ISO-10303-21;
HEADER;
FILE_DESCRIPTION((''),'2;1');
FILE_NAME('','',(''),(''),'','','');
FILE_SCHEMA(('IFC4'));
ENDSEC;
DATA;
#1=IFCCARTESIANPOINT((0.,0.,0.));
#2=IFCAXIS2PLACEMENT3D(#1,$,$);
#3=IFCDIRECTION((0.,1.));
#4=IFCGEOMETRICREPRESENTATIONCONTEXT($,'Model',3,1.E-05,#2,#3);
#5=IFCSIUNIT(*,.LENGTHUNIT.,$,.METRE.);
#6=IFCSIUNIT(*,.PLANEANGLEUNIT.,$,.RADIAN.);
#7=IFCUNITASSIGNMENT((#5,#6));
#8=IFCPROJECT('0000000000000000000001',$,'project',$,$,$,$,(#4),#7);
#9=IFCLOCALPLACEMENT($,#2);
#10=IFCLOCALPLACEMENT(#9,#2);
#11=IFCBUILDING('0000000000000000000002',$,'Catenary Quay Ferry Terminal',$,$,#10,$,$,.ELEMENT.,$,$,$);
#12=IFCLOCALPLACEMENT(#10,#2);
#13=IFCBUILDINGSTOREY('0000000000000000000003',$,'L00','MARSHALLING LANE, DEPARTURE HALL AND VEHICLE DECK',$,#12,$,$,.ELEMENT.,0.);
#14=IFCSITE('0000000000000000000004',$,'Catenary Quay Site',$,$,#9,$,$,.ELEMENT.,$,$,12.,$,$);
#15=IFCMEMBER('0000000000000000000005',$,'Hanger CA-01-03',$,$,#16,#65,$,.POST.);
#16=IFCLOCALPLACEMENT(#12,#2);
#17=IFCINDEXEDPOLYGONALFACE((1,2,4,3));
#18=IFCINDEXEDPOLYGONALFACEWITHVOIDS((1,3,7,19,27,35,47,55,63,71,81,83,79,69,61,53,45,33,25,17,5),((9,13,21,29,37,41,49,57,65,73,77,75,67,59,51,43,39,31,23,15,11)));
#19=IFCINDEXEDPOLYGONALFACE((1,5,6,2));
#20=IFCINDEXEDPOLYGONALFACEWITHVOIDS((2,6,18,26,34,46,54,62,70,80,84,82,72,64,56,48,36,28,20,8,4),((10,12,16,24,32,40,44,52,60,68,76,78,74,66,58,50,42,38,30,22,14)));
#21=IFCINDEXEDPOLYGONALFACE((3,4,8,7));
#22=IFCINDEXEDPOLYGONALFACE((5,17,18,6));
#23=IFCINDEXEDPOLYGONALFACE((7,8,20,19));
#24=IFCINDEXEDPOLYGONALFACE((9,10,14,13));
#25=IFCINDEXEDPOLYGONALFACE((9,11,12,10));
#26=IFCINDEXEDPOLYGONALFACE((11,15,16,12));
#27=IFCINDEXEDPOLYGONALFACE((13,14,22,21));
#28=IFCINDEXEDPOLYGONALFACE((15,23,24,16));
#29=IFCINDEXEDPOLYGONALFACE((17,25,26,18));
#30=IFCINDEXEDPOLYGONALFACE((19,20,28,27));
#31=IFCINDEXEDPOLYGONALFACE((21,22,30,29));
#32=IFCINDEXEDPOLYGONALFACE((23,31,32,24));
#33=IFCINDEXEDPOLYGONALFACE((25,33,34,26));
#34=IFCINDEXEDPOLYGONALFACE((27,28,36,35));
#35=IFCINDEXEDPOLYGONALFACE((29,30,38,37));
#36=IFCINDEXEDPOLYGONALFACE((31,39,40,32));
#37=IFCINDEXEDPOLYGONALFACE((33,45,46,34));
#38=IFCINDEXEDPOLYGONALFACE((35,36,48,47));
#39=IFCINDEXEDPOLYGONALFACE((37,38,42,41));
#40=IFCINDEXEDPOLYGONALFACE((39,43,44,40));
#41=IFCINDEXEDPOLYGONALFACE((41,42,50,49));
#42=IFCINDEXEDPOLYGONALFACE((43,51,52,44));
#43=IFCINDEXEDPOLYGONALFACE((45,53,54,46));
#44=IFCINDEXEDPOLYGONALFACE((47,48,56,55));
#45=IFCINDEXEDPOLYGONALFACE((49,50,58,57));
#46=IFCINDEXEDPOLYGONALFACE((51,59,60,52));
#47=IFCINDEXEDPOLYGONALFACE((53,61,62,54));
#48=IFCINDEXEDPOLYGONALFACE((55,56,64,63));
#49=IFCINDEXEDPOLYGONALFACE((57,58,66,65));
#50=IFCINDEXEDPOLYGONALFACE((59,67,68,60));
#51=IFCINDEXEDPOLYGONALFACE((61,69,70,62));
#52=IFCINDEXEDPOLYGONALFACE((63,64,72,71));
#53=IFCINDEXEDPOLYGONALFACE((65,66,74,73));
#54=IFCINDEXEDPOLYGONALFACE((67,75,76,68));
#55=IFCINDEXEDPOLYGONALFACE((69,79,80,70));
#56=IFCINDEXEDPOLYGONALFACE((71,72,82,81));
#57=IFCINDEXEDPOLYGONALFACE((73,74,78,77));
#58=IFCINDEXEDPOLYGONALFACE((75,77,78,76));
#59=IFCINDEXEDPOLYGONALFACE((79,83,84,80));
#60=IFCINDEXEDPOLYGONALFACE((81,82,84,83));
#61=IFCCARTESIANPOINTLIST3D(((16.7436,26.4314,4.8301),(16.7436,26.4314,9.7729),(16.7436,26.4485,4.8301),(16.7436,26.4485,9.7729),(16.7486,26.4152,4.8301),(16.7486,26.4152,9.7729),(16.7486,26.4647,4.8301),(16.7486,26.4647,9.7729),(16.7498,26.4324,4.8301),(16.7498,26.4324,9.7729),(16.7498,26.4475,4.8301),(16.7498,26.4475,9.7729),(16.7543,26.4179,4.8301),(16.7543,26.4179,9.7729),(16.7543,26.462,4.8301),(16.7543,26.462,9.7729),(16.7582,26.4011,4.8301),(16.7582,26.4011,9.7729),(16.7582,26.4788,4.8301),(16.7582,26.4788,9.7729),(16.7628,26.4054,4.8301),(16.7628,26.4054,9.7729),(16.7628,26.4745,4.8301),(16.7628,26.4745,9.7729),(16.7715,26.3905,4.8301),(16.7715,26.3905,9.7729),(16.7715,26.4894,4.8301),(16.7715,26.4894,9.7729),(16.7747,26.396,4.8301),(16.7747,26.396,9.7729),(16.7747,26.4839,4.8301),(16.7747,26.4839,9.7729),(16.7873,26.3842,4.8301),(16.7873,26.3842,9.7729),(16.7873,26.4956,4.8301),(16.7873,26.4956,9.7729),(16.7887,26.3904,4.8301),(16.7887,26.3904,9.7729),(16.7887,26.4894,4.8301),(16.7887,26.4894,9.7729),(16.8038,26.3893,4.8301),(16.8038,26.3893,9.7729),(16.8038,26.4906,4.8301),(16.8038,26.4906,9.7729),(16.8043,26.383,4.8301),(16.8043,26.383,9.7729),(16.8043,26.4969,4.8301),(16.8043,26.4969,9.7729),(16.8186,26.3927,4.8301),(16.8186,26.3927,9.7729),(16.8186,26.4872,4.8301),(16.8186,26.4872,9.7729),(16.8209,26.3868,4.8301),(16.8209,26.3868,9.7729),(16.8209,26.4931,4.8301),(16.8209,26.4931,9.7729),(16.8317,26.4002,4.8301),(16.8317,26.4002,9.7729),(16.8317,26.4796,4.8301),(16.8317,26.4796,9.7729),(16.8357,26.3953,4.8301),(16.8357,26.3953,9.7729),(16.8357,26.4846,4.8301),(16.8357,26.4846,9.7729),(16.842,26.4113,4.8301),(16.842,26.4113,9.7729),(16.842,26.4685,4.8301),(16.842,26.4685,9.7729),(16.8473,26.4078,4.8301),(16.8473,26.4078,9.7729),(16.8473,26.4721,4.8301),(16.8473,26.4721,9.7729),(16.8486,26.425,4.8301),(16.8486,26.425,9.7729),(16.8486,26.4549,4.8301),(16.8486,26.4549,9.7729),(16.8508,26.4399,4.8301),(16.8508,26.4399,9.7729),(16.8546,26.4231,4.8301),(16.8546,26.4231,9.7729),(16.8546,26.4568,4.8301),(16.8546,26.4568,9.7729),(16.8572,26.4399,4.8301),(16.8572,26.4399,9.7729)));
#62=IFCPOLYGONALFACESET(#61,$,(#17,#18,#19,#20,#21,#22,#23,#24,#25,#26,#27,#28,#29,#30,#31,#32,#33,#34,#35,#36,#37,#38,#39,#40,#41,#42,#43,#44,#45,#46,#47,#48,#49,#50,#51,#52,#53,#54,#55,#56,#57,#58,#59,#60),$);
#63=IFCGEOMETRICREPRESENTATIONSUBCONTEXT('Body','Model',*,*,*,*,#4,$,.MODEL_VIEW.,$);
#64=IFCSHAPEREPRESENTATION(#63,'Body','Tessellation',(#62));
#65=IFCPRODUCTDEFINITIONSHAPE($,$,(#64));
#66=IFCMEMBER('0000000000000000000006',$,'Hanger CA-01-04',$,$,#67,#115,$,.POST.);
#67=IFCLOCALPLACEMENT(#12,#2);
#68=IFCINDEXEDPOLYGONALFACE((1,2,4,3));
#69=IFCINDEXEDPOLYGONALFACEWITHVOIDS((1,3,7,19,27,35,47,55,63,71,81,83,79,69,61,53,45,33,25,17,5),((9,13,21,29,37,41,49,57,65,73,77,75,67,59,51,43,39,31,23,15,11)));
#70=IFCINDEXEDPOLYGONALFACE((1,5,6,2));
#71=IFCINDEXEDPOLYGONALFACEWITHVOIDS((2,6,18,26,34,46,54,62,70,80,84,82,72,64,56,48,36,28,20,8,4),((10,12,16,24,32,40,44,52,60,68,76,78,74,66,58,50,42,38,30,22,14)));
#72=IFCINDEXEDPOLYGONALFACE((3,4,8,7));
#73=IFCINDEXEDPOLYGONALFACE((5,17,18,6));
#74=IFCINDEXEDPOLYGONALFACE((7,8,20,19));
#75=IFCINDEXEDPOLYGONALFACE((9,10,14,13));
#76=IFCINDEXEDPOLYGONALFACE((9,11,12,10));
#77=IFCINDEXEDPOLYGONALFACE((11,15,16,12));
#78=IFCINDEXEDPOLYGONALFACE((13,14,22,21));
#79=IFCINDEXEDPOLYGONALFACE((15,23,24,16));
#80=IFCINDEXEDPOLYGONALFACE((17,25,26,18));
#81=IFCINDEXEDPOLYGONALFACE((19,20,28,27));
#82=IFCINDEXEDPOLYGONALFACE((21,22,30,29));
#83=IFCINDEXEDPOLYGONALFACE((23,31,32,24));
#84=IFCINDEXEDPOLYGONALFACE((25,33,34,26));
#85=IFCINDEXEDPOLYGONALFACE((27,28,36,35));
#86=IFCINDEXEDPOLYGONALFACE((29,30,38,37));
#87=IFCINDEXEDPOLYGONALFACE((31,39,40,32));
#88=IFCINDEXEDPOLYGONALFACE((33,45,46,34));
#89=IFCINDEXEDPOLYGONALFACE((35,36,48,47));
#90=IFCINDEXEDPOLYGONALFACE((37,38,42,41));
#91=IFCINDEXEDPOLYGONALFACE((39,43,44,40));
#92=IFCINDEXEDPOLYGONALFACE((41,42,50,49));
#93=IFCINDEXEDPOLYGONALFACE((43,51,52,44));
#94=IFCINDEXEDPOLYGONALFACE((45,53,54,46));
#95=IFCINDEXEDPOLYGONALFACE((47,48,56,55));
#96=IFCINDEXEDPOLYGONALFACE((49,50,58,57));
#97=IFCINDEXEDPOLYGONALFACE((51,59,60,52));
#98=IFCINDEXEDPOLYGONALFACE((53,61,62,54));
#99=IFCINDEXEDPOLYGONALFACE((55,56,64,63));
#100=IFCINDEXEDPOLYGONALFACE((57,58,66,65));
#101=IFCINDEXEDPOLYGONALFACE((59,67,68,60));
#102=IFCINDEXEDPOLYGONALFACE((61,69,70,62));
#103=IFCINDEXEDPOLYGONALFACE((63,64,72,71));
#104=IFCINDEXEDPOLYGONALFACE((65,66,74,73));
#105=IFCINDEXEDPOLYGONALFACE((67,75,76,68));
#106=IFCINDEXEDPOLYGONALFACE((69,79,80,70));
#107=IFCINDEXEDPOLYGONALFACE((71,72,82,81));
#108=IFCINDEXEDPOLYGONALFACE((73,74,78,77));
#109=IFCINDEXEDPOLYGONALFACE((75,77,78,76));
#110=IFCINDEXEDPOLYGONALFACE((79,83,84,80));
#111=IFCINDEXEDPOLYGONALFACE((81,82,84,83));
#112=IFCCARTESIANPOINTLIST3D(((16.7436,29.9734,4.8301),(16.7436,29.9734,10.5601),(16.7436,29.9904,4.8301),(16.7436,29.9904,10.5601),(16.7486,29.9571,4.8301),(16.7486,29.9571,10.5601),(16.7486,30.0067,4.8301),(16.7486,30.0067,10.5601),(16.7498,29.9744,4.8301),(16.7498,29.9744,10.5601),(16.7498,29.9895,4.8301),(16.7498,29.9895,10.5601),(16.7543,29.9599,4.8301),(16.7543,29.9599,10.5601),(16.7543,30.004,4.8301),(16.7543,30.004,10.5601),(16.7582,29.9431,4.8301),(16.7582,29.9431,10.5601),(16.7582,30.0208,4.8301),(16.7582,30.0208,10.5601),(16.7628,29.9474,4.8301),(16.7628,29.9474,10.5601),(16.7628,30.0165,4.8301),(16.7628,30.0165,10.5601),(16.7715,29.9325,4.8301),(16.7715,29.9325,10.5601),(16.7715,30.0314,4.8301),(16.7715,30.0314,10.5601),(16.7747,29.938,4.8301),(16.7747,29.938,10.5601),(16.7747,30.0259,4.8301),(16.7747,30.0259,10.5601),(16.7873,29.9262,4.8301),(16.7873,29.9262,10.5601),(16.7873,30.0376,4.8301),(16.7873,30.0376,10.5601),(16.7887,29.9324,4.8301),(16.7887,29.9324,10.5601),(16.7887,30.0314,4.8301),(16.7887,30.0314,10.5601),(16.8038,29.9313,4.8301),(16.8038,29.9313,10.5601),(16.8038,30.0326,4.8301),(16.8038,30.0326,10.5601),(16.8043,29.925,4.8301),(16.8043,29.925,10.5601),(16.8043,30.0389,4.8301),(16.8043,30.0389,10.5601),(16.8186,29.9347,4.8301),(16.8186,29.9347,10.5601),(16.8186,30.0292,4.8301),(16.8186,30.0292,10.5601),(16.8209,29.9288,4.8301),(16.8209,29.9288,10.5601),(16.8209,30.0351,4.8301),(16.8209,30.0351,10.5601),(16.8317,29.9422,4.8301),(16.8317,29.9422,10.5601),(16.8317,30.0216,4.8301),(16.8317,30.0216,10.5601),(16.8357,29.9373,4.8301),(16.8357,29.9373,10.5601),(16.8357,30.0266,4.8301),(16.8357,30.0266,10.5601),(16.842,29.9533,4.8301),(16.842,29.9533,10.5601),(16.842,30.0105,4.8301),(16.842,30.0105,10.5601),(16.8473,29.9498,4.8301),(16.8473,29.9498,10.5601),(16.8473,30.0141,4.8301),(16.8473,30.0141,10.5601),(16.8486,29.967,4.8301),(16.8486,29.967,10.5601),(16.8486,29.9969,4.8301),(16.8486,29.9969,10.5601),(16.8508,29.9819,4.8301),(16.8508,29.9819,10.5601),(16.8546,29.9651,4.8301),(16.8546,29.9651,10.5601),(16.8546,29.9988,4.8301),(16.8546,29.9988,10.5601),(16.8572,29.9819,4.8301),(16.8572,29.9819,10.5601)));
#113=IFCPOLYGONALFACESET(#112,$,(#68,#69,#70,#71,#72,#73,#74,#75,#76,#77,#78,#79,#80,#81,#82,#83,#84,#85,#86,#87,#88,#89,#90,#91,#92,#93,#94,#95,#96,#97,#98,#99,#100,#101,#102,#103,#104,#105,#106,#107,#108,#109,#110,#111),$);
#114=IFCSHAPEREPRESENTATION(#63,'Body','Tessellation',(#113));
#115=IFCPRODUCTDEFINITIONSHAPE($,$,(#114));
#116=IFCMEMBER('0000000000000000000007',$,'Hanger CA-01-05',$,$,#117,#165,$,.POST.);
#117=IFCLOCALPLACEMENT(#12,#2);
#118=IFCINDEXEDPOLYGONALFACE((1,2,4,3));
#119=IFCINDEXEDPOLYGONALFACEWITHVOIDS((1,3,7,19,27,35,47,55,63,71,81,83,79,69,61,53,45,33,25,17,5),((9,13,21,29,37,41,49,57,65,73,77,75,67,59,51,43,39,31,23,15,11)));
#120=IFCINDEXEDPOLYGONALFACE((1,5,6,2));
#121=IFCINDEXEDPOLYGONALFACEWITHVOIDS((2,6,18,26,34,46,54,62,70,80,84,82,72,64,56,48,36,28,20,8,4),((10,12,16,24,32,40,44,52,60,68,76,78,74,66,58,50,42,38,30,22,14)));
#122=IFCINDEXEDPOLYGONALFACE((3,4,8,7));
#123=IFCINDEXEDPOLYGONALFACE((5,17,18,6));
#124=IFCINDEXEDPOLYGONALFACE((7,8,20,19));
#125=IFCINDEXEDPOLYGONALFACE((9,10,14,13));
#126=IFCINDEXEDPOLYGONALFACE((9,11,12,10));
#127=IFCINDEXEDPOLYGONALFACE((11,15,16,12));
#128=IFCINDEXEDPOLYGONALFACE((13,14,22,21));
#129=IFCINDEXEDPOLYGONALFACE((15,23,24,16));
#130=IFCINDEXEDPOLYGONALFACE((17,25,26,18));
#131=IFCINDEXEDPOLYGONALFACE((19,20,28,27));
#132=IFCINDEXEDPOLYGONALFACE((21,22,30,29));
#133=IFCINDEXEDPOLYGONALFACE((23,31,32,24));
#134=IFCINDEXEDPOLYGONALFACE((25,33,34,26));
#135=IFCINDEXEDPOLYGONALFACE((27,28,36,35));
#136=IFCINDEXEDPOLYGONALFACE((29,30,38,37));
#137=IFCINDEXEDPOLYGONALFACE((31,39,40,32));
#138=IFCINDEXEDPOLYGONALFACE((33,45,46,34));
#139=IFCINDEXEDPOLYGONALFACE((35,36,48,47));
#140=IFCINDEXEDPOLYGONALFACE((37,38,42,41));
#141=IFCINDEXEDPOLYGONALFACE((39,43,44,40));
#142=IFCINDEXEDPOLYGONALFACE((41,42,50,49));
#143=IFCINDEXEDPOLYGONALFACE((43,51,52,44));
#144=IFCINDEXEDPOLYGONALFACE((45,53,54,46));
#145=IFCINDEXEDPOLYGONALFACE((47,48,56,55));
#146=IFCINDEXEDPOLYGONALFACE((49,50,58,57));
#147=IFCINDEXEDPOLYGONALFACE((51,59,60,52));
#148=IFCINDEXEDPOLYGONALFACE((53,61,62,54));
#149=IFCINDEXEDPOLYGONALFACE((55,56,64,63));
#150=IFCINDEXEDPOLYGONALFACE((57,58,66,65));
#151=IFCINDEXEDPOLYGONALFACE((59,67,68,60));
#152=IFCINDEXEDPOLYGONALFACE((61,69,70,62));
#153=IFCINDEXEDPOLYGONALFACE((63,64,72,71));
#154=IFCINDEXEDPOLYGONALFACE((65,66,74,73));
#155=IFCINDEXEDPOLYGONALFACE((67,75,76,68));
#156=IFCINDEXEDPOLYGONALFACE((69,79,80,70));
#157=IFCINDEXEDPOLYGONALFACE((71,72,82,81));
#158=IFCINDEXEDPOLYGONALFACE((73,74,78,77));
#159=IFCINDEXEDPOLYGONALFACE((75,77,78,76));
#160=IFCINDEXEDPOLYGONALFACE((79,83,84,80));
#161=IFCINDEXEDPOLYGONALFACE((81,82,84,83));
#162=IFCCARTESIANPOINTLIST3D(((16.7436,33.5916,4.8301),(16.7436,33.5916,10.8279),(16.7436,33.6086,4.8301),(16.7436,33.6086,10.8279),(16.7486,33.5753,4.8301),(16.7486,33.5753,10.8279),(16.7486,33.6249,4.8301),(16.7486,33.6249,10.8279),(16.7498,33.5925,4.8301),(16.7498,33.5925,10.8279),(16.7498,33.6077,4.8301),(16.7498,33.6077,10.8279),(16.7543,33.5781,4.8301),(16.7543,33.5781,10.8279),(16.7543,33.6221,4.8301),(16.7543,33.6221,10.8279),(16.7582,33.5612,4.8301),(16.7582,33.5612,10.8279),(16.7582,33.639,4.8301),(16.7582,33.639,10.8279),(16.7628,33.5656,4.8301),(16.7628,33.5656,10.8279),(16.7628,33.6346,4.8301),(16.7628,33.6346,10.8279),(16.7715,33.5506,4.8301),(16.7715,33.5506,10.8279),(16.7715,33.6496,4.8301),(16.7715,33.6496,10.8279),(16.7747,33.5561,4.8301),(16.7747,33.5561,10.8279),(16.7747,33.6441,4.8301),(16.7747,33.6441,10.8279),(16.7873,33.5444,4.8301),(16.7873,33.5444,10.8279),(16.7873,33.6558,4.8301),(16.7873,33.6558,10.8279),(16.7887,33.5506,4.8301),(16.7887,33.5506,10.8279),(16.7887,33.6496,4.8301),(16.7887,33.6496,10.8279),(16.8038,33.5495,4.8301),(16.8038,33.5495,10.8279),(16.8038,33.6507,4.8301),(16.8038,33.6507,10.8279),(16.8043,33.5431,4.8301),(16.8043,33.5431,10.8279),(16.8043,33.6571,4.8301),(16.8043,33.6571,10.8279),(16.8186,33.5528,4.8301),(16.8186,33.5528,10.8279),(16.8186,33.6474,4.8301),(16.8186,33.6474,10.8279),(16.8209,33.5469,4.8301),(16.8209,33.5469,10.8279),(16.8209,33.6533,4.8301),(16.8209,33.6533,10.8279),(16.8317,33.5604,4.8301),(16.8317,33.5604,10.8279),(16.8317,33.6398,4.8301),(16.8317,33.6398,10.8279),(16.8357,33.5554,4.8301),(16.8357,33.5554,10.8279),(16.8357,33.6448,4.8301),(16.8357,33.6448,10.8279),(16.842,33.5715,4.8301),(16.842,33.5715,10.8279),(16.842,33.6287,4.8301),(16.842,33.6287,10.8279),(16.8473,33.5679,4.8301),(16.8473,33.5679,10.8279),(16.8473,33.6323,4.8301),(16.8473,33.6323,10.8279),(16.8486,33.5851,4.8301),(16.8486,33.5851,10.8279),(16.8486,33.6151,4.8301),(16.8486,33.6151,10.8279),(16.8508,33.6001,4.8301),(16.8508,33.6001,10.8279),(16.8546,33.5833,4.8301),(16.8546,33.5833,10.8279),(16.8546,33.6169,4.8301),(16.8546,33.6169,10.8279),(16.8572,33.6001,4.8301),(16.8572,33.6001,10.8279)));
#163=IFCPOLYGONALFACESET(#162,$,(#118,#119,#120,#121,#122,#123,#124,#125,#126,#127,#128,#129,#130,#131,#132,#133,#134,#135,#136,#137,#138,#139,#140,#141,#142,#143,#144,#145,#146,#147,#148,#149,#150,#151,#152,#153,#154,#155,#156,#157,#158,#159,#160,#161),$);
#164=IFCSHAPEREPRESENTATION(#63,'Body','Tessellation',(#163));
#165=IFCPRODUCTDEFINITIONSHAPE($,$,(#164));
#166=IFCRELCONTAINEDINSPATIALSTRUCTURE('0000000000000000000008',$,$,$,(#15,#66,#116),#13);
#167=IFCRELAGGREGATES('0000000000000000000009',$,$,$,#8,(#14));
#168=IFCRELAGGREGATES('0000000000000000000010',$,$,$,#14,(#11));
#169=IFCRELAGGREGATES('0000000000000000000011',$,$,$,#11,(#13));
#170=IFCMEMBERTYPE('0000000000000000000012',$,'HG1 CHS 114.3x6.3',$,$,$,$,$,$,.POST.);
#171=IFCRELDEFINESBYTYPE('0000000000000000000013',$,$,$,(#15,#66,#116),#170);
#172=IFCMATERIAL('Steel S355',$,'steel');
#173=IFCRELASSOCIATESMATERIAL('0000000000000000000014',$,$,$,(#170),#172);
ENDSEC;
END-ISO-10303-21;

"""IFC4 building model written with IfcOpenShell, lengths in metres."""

from ifc_helpers import new_model, si_unit, direction, frame, origin, origin_2d, place, context, subcontext, project, spatial, hollow_circle, extrude, material, material_profile, profile_set, type_object, element, save


model = new_model("IFC4")

# Units and contexts
model_context = context("Model", 3, precision=1e-05, world=origin(), true_north=direction((0.0, 1.0)))
body_context = subcontext(model_context, "Body", "Model", "MODEL_VIEW")
ifc_project = project(units=[si_unit("LENGTHUNIT", "METRE"), si_unit("PLANEANGLEUNIT", "RADIAN")], contexts=[model_context])

# Site, building, storey
site_placement = place(None, origin())
site = spatial("IfcSite", under=ifc_project, at=site_placement, Name="Catenary Quay Site", CompositionType="ELEMENT", RefElevation=12.0)
building_placement = place(site_placement, origin())
building = spatial("IfcBuilding", under=site, at=building_placement, Name="Catenary Quay Ferry Terminal", CompositionType="ELEMENT")
storey_placement = place(building_placement, origin())
storey = spatial("IfcBuildingStorey", under=building, at=storey_placement, Name="L00", Description="MARSHALLING LANE, DEPARTURE HALL AND VEHICLE DECK", CompositionType="ELEMENT", Elevation=0.0)

# Members
ifc_material_1 = material(Name="Steel S355", Category="steel")
ifc_material_profile_1 = material_profile(ifc_material_1, hollow_circle(Radius=0.0571, WallThickness=0.0063, at=origin_2d()), Name="CHS 114.3x6.3")
ifc_profile_set_1 = profile_set([ifc_material_profile_1], Name="Steel S355")
member_type_1 = type_object("IfcMemberType", Name="HG1 CHS 114.3x6.3", PredefinedType="POST", material=ifc_profile_set_1)
member_1_placement = place(storey_placement, frame((16.8, 26.4399, 4.8301), z_axis=(0.0, 0.0, 1.0), x_axis=(1.0, 0.0, 0.0)))
element("IfcMember", 1, at=member_1_placement, inside=storey, type_object=member_type_1, Name="Hanger CA-01-03", PredefinedType="POST", context=body_context, shape_type="SweptSolid", body=[
    extrude(hollow_circle(Radius=0.0571, WallThickness=0.0063, at=origin_2d()), origin(), (0.0, 0.0, 1.0), 4.9429),
])
member_2_placement = place(storey_placement, frame((16.8, 29.9819, 4.8301), z_axis=(0.0, 0.0, 1.0), x_axis=(1.0, 0.0, 0.0)))
element("IfcMember", 2, at=member_2_placement, inside=storey, type_object=member_type_1, Name="Hanger CA-01-04", PredefinedType="POST", context=body_context, shape_type="SweptSolid", body=[
    extrude(hollow_circle(Radius=0.0571, WallThickness=0.0063, at=origin_2d()), origin(), (0.0, 0.0, 1.0), 5.73),
])
member_3_placement = place(storey_placement, frame((16.8, 33.6001, 4.8301), z_axis=(0.0, 0.0, 1.0), x_axis=(1.0, 0.0, 0.0)))
element("IfcMember", 3, at=member_3_placement, inside=storey, type_object=member_type_1, Name="Hanger CA-01-05", PredefinedType="POST", context=body_context, shape_type="SweptSolid", body=[
    extrude(hollow_circle(Radius=0.0571, WallThickness=0.0063, at=origin_2d()), origin(), (0.0, 0.0, 1.0), 5.9978),
])

save(model, "model.ifc")
